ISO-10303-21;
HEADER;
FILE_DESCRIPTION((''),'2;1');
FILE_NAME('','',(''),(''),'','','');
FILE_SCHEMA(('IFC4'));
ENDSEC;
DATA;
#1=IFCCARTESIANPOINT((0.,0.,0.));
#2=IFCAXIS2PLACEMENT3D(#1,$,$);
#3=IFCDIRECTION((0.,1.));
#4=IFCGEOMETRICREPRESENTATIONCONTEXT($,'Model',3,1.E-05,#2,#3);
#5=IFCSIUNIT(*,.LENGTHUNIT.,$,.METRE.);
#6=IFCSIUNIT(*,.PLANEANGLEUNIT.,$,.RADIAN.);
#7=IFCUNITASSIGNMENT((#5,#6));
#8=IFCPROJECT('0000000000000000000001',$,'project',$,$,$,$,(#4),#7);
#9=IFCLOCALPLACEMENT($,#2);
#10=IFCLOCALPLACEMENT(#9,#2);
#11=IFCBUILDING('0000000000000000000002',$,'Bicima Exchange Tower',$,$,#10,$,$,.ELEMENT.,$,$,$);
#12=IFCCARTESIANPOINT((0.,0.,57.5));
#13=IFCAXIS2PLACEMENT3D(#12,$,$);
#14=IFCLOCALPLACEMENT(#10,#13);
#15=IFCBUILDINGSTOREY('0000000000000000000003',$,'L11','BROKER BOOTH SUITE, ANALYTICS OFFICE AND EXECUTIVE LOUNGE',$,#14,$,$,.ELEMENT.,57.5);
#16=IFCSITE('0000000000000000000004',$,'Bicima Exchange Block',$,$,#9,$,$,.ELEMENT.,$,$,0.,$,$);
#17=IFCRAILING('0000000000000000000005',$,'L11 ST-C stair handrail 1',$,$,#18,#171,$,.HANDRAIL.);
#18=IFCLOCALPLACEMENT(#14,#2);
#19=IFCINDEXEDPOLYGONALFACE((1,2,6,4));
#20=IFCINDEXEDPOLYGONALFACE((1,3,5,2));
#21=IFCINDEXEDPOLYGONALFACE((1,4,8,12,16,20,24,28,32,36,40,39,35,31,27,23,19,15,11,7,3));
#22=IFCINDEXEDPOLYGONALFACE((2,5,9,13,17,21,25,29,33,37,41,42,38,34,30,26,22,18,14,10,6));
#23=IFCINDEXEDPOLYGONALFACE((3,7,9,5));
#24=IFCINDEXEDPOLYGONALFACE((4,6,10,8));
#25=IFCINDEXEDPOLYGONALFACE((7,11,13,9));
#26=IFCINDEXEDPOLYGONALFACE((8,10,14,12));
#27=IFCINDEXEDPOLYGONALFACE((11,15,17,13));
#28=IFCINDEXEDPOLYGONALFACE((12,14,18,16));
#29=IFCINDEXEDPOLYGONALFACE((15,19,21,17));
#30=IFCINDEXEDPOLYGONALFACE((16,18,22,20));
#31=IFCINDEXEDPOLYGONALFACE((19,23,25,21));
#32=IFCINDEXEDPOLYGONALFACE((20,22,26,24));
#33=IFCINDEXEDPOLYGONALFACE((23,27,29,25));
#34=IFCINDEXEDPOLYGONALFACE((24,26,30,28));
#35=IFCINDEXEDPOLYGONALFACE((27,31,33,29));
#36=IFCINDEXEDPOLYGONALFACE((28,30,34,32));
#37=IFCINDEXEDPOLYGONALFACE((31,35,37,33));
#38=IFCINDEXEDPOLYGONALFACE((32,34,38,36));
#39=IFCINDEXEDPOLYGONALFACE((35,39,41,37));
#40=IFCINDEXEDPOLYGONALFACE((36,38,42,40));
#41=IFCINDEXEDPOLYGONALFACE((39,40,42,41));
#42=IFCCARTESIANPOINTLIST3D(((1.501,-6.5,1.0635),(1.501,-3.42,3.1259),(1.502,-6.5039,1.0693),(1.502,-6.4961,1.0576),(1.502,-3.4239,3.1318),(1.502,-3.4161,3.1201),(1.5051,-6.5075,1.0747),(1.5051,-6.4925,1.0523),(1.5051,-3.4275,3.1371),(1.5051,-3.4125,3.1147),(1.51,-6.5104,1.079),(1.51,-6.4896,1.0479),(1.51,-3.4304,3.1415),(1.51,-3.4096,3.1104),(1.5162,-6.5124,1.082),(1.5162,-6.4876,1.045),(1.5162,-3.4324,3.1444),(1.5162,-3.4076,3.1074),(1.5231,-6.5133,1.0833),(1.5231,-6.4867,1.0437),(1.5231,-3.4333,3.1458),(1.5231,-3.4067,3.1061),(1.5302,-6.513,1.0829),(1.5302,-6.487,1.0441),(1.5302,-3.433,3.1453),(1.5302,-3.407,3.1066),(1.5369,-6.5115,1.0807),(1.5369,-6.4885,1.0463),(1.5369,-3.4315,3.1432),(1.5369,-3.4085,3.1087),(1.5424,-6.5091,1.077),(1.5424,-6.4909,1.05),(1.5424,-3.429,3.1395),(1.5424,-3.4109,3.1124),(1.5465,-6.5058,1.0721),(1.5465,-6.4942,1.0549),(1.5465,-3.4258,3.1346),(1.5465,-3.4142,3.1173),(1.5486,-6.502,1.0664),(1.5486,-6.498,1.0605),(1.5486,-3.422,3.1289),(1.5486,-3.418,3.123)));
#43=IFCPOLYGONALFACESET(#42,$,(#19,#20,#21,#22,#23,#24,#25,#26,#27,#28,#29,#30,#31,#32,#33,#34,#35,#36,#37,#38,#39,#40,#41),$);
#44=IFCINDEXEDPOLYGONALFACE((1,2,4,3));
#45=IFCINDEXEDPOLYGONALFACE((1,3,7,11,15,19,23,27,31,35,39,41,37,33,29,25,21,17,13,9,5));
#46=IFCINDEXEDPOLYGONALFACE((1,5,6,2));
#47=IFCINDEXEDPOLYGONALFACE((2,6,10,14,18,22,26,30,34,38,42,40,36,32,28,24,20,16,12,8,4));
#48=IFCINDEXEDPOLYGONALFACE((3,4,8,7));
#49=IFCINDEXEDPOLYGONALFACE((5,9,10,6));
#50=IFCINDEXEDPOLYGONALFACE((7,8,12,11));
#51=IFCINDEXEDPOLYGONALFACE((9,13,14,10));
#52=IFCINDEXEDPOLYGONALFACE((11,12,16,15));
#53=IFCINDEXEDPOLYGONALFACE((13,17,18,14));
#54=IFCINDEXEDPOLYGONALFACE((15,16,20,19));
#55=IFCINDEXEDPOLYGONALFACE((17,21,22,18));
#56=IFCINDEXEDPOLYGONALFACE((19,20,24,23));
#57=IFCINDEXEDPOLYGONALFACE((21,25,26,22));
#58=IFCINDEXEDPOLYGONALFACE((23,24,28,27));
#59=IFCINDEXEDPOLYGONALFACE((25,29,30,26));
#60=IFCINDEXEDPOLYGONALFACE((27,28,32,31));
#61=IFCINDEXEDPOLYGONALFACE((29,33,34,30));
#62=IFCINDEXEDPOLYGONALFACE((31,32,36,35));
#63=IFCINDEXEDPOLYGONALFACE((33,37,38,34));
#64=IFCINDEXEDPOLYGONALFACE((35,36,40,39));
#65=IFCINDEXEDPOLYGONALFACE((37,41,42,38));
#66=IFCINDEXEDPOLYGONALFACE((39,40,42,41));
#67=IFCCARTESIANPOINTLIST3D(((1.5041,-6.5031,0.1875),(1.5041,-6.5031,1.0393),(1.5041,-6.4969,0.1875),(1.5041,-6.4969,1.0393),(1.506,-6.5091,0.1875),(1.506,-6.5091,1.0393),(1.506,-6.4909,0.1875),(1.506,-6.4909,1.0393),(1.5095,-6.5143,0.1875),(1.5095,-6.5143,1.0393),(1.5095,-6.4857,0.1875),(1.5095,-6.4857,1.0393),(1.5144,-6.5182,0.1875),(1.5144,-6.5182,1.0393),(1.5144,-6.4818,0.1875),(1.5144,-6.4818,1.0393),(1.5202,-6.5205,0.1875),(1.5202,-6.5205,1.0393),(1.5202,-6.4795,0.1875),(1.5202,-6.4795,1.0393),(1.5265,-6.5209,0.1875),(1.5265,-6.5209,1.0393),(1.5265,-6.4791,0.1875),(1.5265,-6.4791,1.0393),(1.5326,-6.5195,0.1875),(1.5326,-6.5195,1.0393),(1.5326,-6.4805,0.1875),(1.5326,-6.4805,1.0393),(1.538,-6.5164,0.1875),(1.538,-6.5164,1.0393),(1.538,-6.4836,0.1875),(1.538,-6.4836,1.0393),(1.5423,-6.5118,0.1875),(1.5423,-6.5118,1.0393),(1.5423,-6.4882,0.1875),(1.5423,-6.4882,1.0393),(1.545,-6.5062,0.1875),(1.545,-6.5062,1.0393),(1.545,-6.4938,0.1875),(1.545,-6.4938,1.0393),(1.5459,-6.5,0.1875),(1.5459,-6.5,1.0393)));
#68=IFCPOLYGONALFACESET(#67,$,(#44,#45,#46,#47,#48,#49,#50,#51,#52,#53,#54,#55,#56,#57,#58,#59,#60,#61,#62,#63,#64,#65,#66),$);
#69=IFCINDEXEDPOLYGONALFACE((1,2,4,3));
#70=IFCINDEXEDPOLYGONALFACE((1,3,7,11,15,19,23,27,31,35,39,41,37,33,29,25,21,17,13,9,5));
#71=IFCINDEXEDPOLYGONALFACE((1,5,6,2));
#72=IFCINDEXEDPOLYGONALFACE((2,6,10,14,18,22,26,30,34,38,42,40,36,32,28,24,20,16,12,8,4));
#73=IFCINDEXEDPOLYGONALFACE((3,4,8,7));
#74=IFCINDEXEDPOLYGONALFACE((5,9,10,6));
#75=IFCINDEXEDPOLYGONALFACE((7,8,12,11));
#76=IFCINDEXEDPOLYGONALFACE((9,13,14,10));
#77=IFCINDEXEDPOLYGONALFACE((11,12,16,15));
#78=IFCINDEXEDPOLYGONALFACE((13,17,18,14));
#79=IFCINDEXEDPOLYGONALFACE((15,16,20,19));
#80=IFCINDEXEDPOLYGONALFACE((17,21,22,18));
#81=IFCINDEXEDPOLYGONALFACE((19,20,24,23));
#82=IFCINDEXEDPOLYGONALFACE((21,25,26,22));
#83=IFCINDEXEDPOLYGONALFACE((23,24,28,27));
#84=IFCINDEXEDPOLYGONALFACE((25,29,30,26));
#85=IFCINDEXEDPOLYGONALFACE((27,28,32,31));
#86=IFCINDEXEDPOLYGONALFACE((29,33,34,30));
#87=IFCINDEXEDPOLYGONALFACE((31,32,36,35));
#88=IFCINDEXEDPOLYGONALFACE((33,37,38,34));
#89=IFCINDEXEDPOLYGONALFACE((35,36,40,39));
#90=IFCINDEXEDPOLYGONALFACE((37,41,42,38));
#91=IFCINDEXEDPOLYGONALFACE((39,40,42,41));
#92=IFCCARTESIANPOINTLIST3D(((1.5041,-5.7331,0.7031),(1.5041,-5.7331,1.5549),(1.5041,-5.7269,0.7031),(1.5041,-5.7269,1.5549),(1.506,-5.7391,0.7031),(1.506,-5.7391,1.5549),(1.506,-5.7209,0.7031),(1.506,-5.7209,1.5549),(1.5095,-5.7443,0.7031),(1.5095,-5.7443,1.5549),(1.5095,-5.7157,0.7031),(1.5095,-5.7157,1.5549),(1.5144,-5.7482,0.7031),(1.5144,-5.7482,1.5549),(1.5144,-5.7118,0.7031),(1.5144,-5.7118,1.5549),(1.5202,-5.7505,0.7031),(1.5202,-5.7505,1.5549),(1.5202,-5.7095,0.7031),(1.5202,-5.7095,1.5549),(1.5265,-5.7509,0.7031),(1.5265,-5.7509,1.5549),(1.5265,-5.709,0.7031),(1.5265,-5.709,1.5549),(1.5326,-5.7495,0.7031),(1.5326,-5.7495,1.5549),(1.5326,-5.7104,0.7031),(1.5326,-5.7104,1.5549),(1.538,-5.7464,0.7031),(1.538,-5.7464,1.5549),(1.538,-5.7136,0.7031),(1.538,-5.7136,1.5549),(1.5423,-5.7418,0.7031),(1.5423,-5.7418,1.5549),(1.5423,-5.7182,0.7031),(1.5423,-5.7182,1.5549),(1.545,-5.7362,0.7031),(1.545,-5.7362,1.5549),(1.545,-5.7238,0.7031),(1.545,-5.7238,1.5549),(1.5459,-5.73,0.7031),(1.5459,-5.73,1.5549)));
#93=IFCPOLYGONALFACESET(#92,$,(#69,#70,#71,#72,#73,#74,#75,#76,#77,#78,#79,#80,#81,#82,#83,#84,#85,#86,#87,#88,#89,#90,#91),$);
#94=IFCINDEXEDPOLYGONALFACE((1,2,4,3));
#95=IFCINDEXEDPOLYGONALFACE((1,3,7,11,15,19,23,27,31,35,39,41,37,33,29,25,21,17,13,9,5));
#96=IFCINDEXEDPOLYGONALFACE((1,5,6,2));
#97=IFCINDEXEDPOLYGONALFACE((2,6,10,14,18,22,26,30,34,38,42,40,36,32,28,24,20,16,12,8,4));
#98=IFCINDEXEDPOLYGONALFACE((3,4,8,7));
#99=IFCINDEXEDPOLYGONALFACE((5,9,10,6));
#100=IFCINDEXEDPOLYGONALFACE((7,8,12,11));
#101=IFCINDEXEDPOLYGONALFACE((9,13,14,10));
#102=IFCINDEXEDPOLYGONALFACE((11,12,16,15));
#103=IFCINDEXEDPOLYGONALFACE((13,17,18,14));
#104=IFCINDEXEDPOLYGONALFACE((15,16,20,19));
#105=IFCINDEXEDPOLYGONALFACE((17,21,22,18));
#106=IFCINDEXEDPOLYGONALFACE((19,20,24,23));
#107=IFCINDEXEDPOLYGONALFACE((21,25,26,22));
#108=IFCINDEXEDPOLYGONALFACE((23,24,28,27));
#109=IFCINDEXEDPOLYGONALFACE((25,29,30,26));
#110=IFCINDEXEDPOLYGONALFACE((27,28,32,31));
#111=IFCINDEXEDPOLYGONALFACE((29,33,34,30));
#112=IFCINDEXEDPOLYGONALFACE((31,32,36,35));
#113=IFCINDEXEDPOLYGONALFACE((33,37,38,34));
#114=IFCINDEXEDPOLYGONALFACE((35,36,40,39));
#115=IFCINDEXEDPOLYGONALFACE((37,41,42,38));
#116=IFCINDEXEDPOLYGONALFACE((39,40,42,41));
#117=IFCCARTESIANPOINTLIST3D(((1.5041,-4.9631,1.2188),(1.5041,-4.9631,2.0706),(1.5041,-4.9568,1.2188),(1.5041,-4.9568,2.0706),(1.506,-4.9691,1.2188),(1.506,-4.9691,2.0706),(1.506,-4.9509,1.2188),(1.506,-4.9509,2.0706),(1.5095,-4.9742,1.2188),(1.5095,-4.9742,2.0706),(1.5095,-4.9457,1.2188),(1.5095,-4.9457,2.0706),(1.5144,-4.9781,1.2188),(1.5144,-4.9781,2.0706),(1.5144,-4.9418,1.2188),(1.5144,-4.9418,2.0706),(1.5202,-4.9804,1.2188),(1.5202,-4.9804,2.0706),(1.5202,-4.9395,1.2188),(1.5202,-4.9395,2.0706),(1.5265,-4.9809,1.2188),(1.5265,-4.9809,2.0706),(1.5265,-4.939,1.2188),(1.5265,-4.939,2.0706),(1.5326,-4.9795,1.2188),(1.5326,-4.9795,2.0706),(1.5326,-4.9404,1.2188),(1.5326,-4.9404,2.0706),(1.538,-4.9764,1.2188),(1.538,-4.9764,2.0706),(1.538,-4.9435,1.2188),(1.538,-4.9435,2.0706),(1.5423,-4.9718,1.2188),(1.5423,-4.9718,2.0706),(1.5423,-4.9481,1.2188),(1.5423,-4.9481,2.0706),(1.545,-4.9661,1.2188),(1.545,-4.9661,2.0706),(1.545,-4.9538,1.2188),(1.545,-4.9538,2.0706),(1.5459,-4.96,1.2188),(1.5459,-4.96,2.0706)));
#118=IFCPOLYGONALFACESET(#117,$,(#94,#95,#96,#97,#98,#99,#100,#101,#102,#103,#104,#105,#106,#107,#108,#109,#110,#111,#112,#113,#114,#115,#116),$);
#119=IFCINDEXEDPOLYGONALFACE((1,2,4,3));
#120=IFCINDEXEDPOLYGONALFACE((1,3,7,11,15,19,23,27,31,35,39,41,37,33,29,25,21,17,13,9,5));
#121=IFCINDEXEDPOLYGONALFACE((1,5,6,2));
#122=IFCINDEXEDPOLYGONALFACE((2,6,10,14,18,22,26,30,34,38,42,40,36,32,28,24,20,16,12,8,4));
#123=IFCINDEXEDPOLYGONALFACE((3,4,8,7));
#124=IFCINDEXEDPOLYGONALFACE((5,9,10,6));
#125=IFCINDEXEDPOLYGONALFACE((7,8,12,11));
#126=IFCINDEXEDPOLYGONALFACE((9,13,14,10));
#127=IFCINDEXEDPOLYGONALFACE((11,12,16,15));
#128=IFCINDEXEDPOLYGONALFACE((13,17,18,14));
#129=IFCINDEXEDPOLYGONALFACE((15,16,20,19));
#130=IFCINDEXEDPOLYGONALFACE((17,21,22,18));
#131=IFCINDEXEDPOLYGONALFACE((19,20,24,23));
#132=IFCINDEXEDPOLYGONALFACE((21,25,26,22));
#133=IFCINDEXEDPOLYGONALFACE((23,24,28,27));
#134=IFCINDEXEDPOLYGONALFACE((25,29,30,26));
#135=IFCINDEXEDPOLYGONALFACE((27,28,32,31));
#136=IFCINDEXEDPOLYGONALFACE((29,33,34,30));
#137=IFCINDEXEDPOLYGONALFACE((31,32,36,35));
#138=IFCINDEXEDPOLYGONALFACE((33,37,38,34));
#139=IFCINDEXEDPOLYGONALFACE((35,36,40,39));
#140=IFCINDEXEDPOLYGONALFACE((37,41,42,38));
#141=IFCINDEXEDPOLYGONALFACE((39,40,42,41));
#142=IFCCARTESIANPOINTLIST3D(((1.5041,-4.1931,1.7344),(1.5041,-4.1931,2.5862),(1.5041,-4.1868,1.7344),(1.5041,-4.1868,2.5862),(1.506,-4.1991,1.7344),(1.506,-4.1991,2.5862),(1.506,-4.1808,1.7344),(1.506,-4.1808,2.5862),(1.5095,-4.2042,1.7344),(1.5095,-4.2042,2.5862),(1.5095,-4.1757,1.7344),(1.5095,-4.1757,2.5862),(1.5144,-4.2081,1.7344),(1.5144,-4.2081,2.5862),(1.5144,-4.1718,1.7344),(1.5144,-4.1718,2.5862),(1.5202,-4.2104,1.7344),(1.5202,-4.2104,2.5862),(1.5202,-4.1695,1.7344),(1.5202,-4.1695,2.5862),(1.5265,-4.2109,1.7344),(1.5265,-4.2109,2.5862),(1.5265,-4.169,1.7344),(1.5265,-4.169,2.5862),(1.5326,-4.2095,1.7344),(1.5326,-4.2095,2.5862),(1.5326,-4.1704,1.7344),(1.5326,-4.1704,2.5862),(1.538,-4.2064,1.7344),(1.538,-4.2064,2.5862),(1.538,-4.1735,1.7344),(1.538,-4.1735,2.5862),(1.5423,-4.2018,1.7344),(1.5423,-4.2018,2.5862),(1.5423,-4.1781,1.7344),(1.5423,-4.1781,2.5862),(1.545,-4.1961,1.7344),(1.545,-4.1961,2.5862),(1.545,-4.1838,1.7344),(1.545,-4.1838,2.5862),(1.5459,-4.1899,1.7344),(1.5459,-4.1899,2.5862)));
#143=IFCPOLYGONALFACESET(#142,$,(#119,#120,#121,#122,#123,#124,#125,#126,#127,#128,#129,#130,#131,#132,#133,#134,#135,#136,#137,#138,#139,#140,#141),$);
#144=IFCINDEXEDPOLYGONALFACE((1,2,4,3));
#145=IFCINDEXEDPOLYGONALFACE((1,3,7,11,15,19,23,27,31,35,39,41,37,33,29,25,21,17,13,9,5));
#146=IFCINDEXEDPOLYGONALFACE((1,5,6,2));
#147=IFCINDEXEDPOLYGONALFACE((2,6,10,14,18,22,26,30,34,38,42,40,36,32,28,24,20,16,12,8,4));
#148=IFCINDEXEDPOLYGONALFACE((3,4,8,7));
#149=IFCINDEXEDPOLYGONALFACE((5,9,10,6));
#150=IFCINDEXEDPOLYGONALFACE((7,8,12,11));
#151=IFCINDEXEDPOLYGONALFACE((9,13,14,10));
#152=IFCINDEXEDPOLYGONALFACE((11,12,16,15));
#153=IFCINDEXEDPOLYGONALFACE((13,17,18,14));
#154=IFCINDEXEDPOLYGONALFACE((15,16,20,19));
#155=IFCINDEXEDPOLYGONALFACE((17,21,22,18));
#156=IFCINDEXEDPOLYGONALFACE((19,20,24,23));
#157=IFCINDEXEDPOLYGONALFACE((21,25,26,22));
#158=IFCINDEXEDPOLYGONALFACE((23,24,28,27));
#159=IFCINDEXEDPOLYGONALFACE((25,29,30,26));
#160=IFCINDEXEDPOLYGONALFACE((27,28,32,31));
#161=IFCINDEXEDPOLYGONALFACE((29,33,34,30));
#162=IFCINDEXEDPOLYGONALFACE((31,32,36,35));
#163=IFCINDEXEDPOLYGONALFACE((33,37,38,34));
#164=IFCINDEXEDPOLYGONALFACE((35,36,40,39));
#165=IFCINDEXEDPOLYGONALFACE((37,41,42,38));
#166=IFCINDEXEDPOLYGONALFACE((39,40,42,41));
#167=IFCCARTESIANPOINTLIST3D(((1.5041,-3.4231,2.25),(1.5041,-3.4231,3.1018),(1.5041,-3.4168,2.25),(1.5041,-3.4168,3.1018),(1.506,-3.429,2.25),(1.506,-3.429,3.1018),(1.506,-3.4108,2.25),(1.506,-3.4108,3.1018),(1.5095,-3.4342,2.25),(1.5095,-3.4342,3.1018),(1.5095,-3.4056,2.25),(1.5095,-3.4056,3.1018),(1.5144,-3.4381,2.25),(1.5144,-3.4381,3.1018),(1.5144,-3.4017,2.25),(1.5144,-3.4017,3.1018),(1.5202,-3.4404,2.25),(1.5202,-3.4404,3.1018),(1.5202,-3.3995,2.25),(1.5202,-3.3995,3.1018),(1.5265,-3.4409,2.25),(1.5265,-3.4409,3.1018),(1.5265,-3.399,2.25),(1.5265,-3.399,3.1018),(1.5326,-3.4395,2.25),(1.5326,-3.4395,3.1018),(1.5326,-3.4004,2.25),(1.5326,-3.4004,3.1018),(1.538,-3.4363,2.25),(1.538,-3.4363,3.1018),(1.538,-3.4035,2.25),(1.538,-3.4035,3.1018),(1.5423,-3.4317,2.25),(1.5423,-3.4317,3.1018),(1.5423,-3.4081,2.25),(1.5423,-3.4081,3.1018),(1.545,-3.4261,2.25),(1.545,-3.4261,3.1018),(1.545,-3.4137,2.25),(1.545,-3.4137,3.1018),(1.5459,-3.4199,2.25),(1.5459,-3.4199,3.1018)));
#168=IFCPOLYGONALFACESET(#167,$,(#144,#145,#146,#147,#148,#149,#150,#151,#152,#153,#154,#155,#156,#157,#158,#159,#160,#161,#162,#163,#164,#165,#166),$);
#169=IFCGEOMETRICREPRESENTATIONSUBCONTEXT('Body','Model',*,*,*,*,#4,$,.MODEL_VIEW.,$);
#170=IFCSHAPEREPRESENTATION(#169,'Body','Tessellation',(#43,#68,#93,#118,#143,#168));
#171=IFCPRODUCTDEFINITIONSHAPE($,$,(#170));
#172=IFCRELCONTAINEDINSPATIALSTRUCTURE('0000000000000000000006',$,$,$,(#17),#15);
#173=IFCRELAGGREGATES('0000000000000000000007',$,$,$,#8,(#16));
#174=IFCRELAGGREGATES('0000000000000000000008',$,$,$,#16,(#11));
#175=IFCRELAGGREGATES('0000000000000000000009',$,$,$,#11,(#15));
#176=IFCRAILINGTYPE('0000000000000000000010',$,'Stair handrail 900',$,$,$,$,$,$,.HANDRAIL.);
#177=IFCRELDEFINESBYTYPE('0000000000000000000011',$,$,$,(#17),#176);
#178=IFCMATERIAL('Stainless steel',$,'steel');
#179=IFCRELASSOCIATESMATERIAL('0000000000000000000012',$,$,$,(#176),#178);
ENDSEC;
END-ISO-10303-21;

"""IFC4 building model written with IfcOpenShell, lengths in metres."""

from ifc_helpers import new_model, si_unit, direction, frame, origin, origin_2d, place, context, subcontext, project, spatial, circle, extrude, material, type_object, element, save


model = new_model("IFC4")

# Units and contexts
model_context = context("Model", 3, precision=1e-05, world=origin(), true_north=direction((0.0, 1.0)))
body_context = subcontext(model_context, "Body", "Model", "MODEL_VIEW")
ifc_project = project(units=[si_unit("LENGTHUNIT", "METRE"), si_unit("PLANEANGLEUNIT", "RADIAN")], contexts=[model_context])

# Site, building, storey
site_placement = place(None, origin())
site = spatial("IfcSite", under=ifc_project, at=site_placement, Name="Bicima Exchange Block", CompositionType="ELEMENT", RefElevation=0.0)
building_placement = place(site_placement, origin())
building = spatial("IfcBuilding", under=site, at=building_placement, Name="Bicima Exchange Tower", CompositionType="ELEMENT")
storey_placement = place(building_placement, frame((0.0, 0.0, 57.5)))
storey = spatial("IfcBuildingStorey", under=building, at=storey_placement, Name="L11", Description="BROKER BOOTH SUITE, ANALYTICS OFFICE AND EXECUTIVE LOUNGE", CompositionType="ELEMENT", Elevation=57.5)

# Shared definitions
ifc_material_1 = material(Name="Stainless steel", Category="steel")

# Railing
railing_type_1 = type_object("IfcRailingType", Name="Stair handrail 900", PredefinedType="HANDRAIL", material=ifc_material_1)
railing_1_placement = place(storey_placement, frame((1.5249, -6.5, 0.1875)))
element("IfcRailing", 1, at=railing_1_placement, inside=storey, type_object=railing_type_1, Name="L11 ST-C stair handrail 1", PredefinedType="HANDRAIL", context=body_context, shape_type="SweptSolid", body=[
    extrude(circle(Radius=0.0239, at=origin_2d()), frame((0.0, 0.0, 0.876), z_axis=(0.0, 0.830914, 0.556401), x_axis=(-1.0, 0.0, 0.0)), (0.0, 0.0, 1.0), 3.7068),
    extrude(circle(Radius=0.021, at=origin_2d()), origin(), (0.0, 0.0, 1.0), 0.8518),
    extrude(circle(Radius=0.021, at=origin_2d()), frame((0.0, 0.77, 0.5156)), (0.0, 0.0, 1.0), 0.8518),
    extrude(circle(Radius=0.021, at=origin_2d()), frame((0.0, 1.54, 1.0312)), (0.0, 0.0, 1.0), 0.8518),
    extrude(circle(Radius=0.021, at=origin_2d()), frame((0.0, 2.3101, 1.5469)), (0.0, 0.0, 1.0), 0.8518),
    extrude(circle(Radius=0.021, at=origin_2d()), frame((0.0, 3.0801, 2.0625)), (0.0, 0.0, 1.0), 0.8518),
])

save(model, "model.ifc")
